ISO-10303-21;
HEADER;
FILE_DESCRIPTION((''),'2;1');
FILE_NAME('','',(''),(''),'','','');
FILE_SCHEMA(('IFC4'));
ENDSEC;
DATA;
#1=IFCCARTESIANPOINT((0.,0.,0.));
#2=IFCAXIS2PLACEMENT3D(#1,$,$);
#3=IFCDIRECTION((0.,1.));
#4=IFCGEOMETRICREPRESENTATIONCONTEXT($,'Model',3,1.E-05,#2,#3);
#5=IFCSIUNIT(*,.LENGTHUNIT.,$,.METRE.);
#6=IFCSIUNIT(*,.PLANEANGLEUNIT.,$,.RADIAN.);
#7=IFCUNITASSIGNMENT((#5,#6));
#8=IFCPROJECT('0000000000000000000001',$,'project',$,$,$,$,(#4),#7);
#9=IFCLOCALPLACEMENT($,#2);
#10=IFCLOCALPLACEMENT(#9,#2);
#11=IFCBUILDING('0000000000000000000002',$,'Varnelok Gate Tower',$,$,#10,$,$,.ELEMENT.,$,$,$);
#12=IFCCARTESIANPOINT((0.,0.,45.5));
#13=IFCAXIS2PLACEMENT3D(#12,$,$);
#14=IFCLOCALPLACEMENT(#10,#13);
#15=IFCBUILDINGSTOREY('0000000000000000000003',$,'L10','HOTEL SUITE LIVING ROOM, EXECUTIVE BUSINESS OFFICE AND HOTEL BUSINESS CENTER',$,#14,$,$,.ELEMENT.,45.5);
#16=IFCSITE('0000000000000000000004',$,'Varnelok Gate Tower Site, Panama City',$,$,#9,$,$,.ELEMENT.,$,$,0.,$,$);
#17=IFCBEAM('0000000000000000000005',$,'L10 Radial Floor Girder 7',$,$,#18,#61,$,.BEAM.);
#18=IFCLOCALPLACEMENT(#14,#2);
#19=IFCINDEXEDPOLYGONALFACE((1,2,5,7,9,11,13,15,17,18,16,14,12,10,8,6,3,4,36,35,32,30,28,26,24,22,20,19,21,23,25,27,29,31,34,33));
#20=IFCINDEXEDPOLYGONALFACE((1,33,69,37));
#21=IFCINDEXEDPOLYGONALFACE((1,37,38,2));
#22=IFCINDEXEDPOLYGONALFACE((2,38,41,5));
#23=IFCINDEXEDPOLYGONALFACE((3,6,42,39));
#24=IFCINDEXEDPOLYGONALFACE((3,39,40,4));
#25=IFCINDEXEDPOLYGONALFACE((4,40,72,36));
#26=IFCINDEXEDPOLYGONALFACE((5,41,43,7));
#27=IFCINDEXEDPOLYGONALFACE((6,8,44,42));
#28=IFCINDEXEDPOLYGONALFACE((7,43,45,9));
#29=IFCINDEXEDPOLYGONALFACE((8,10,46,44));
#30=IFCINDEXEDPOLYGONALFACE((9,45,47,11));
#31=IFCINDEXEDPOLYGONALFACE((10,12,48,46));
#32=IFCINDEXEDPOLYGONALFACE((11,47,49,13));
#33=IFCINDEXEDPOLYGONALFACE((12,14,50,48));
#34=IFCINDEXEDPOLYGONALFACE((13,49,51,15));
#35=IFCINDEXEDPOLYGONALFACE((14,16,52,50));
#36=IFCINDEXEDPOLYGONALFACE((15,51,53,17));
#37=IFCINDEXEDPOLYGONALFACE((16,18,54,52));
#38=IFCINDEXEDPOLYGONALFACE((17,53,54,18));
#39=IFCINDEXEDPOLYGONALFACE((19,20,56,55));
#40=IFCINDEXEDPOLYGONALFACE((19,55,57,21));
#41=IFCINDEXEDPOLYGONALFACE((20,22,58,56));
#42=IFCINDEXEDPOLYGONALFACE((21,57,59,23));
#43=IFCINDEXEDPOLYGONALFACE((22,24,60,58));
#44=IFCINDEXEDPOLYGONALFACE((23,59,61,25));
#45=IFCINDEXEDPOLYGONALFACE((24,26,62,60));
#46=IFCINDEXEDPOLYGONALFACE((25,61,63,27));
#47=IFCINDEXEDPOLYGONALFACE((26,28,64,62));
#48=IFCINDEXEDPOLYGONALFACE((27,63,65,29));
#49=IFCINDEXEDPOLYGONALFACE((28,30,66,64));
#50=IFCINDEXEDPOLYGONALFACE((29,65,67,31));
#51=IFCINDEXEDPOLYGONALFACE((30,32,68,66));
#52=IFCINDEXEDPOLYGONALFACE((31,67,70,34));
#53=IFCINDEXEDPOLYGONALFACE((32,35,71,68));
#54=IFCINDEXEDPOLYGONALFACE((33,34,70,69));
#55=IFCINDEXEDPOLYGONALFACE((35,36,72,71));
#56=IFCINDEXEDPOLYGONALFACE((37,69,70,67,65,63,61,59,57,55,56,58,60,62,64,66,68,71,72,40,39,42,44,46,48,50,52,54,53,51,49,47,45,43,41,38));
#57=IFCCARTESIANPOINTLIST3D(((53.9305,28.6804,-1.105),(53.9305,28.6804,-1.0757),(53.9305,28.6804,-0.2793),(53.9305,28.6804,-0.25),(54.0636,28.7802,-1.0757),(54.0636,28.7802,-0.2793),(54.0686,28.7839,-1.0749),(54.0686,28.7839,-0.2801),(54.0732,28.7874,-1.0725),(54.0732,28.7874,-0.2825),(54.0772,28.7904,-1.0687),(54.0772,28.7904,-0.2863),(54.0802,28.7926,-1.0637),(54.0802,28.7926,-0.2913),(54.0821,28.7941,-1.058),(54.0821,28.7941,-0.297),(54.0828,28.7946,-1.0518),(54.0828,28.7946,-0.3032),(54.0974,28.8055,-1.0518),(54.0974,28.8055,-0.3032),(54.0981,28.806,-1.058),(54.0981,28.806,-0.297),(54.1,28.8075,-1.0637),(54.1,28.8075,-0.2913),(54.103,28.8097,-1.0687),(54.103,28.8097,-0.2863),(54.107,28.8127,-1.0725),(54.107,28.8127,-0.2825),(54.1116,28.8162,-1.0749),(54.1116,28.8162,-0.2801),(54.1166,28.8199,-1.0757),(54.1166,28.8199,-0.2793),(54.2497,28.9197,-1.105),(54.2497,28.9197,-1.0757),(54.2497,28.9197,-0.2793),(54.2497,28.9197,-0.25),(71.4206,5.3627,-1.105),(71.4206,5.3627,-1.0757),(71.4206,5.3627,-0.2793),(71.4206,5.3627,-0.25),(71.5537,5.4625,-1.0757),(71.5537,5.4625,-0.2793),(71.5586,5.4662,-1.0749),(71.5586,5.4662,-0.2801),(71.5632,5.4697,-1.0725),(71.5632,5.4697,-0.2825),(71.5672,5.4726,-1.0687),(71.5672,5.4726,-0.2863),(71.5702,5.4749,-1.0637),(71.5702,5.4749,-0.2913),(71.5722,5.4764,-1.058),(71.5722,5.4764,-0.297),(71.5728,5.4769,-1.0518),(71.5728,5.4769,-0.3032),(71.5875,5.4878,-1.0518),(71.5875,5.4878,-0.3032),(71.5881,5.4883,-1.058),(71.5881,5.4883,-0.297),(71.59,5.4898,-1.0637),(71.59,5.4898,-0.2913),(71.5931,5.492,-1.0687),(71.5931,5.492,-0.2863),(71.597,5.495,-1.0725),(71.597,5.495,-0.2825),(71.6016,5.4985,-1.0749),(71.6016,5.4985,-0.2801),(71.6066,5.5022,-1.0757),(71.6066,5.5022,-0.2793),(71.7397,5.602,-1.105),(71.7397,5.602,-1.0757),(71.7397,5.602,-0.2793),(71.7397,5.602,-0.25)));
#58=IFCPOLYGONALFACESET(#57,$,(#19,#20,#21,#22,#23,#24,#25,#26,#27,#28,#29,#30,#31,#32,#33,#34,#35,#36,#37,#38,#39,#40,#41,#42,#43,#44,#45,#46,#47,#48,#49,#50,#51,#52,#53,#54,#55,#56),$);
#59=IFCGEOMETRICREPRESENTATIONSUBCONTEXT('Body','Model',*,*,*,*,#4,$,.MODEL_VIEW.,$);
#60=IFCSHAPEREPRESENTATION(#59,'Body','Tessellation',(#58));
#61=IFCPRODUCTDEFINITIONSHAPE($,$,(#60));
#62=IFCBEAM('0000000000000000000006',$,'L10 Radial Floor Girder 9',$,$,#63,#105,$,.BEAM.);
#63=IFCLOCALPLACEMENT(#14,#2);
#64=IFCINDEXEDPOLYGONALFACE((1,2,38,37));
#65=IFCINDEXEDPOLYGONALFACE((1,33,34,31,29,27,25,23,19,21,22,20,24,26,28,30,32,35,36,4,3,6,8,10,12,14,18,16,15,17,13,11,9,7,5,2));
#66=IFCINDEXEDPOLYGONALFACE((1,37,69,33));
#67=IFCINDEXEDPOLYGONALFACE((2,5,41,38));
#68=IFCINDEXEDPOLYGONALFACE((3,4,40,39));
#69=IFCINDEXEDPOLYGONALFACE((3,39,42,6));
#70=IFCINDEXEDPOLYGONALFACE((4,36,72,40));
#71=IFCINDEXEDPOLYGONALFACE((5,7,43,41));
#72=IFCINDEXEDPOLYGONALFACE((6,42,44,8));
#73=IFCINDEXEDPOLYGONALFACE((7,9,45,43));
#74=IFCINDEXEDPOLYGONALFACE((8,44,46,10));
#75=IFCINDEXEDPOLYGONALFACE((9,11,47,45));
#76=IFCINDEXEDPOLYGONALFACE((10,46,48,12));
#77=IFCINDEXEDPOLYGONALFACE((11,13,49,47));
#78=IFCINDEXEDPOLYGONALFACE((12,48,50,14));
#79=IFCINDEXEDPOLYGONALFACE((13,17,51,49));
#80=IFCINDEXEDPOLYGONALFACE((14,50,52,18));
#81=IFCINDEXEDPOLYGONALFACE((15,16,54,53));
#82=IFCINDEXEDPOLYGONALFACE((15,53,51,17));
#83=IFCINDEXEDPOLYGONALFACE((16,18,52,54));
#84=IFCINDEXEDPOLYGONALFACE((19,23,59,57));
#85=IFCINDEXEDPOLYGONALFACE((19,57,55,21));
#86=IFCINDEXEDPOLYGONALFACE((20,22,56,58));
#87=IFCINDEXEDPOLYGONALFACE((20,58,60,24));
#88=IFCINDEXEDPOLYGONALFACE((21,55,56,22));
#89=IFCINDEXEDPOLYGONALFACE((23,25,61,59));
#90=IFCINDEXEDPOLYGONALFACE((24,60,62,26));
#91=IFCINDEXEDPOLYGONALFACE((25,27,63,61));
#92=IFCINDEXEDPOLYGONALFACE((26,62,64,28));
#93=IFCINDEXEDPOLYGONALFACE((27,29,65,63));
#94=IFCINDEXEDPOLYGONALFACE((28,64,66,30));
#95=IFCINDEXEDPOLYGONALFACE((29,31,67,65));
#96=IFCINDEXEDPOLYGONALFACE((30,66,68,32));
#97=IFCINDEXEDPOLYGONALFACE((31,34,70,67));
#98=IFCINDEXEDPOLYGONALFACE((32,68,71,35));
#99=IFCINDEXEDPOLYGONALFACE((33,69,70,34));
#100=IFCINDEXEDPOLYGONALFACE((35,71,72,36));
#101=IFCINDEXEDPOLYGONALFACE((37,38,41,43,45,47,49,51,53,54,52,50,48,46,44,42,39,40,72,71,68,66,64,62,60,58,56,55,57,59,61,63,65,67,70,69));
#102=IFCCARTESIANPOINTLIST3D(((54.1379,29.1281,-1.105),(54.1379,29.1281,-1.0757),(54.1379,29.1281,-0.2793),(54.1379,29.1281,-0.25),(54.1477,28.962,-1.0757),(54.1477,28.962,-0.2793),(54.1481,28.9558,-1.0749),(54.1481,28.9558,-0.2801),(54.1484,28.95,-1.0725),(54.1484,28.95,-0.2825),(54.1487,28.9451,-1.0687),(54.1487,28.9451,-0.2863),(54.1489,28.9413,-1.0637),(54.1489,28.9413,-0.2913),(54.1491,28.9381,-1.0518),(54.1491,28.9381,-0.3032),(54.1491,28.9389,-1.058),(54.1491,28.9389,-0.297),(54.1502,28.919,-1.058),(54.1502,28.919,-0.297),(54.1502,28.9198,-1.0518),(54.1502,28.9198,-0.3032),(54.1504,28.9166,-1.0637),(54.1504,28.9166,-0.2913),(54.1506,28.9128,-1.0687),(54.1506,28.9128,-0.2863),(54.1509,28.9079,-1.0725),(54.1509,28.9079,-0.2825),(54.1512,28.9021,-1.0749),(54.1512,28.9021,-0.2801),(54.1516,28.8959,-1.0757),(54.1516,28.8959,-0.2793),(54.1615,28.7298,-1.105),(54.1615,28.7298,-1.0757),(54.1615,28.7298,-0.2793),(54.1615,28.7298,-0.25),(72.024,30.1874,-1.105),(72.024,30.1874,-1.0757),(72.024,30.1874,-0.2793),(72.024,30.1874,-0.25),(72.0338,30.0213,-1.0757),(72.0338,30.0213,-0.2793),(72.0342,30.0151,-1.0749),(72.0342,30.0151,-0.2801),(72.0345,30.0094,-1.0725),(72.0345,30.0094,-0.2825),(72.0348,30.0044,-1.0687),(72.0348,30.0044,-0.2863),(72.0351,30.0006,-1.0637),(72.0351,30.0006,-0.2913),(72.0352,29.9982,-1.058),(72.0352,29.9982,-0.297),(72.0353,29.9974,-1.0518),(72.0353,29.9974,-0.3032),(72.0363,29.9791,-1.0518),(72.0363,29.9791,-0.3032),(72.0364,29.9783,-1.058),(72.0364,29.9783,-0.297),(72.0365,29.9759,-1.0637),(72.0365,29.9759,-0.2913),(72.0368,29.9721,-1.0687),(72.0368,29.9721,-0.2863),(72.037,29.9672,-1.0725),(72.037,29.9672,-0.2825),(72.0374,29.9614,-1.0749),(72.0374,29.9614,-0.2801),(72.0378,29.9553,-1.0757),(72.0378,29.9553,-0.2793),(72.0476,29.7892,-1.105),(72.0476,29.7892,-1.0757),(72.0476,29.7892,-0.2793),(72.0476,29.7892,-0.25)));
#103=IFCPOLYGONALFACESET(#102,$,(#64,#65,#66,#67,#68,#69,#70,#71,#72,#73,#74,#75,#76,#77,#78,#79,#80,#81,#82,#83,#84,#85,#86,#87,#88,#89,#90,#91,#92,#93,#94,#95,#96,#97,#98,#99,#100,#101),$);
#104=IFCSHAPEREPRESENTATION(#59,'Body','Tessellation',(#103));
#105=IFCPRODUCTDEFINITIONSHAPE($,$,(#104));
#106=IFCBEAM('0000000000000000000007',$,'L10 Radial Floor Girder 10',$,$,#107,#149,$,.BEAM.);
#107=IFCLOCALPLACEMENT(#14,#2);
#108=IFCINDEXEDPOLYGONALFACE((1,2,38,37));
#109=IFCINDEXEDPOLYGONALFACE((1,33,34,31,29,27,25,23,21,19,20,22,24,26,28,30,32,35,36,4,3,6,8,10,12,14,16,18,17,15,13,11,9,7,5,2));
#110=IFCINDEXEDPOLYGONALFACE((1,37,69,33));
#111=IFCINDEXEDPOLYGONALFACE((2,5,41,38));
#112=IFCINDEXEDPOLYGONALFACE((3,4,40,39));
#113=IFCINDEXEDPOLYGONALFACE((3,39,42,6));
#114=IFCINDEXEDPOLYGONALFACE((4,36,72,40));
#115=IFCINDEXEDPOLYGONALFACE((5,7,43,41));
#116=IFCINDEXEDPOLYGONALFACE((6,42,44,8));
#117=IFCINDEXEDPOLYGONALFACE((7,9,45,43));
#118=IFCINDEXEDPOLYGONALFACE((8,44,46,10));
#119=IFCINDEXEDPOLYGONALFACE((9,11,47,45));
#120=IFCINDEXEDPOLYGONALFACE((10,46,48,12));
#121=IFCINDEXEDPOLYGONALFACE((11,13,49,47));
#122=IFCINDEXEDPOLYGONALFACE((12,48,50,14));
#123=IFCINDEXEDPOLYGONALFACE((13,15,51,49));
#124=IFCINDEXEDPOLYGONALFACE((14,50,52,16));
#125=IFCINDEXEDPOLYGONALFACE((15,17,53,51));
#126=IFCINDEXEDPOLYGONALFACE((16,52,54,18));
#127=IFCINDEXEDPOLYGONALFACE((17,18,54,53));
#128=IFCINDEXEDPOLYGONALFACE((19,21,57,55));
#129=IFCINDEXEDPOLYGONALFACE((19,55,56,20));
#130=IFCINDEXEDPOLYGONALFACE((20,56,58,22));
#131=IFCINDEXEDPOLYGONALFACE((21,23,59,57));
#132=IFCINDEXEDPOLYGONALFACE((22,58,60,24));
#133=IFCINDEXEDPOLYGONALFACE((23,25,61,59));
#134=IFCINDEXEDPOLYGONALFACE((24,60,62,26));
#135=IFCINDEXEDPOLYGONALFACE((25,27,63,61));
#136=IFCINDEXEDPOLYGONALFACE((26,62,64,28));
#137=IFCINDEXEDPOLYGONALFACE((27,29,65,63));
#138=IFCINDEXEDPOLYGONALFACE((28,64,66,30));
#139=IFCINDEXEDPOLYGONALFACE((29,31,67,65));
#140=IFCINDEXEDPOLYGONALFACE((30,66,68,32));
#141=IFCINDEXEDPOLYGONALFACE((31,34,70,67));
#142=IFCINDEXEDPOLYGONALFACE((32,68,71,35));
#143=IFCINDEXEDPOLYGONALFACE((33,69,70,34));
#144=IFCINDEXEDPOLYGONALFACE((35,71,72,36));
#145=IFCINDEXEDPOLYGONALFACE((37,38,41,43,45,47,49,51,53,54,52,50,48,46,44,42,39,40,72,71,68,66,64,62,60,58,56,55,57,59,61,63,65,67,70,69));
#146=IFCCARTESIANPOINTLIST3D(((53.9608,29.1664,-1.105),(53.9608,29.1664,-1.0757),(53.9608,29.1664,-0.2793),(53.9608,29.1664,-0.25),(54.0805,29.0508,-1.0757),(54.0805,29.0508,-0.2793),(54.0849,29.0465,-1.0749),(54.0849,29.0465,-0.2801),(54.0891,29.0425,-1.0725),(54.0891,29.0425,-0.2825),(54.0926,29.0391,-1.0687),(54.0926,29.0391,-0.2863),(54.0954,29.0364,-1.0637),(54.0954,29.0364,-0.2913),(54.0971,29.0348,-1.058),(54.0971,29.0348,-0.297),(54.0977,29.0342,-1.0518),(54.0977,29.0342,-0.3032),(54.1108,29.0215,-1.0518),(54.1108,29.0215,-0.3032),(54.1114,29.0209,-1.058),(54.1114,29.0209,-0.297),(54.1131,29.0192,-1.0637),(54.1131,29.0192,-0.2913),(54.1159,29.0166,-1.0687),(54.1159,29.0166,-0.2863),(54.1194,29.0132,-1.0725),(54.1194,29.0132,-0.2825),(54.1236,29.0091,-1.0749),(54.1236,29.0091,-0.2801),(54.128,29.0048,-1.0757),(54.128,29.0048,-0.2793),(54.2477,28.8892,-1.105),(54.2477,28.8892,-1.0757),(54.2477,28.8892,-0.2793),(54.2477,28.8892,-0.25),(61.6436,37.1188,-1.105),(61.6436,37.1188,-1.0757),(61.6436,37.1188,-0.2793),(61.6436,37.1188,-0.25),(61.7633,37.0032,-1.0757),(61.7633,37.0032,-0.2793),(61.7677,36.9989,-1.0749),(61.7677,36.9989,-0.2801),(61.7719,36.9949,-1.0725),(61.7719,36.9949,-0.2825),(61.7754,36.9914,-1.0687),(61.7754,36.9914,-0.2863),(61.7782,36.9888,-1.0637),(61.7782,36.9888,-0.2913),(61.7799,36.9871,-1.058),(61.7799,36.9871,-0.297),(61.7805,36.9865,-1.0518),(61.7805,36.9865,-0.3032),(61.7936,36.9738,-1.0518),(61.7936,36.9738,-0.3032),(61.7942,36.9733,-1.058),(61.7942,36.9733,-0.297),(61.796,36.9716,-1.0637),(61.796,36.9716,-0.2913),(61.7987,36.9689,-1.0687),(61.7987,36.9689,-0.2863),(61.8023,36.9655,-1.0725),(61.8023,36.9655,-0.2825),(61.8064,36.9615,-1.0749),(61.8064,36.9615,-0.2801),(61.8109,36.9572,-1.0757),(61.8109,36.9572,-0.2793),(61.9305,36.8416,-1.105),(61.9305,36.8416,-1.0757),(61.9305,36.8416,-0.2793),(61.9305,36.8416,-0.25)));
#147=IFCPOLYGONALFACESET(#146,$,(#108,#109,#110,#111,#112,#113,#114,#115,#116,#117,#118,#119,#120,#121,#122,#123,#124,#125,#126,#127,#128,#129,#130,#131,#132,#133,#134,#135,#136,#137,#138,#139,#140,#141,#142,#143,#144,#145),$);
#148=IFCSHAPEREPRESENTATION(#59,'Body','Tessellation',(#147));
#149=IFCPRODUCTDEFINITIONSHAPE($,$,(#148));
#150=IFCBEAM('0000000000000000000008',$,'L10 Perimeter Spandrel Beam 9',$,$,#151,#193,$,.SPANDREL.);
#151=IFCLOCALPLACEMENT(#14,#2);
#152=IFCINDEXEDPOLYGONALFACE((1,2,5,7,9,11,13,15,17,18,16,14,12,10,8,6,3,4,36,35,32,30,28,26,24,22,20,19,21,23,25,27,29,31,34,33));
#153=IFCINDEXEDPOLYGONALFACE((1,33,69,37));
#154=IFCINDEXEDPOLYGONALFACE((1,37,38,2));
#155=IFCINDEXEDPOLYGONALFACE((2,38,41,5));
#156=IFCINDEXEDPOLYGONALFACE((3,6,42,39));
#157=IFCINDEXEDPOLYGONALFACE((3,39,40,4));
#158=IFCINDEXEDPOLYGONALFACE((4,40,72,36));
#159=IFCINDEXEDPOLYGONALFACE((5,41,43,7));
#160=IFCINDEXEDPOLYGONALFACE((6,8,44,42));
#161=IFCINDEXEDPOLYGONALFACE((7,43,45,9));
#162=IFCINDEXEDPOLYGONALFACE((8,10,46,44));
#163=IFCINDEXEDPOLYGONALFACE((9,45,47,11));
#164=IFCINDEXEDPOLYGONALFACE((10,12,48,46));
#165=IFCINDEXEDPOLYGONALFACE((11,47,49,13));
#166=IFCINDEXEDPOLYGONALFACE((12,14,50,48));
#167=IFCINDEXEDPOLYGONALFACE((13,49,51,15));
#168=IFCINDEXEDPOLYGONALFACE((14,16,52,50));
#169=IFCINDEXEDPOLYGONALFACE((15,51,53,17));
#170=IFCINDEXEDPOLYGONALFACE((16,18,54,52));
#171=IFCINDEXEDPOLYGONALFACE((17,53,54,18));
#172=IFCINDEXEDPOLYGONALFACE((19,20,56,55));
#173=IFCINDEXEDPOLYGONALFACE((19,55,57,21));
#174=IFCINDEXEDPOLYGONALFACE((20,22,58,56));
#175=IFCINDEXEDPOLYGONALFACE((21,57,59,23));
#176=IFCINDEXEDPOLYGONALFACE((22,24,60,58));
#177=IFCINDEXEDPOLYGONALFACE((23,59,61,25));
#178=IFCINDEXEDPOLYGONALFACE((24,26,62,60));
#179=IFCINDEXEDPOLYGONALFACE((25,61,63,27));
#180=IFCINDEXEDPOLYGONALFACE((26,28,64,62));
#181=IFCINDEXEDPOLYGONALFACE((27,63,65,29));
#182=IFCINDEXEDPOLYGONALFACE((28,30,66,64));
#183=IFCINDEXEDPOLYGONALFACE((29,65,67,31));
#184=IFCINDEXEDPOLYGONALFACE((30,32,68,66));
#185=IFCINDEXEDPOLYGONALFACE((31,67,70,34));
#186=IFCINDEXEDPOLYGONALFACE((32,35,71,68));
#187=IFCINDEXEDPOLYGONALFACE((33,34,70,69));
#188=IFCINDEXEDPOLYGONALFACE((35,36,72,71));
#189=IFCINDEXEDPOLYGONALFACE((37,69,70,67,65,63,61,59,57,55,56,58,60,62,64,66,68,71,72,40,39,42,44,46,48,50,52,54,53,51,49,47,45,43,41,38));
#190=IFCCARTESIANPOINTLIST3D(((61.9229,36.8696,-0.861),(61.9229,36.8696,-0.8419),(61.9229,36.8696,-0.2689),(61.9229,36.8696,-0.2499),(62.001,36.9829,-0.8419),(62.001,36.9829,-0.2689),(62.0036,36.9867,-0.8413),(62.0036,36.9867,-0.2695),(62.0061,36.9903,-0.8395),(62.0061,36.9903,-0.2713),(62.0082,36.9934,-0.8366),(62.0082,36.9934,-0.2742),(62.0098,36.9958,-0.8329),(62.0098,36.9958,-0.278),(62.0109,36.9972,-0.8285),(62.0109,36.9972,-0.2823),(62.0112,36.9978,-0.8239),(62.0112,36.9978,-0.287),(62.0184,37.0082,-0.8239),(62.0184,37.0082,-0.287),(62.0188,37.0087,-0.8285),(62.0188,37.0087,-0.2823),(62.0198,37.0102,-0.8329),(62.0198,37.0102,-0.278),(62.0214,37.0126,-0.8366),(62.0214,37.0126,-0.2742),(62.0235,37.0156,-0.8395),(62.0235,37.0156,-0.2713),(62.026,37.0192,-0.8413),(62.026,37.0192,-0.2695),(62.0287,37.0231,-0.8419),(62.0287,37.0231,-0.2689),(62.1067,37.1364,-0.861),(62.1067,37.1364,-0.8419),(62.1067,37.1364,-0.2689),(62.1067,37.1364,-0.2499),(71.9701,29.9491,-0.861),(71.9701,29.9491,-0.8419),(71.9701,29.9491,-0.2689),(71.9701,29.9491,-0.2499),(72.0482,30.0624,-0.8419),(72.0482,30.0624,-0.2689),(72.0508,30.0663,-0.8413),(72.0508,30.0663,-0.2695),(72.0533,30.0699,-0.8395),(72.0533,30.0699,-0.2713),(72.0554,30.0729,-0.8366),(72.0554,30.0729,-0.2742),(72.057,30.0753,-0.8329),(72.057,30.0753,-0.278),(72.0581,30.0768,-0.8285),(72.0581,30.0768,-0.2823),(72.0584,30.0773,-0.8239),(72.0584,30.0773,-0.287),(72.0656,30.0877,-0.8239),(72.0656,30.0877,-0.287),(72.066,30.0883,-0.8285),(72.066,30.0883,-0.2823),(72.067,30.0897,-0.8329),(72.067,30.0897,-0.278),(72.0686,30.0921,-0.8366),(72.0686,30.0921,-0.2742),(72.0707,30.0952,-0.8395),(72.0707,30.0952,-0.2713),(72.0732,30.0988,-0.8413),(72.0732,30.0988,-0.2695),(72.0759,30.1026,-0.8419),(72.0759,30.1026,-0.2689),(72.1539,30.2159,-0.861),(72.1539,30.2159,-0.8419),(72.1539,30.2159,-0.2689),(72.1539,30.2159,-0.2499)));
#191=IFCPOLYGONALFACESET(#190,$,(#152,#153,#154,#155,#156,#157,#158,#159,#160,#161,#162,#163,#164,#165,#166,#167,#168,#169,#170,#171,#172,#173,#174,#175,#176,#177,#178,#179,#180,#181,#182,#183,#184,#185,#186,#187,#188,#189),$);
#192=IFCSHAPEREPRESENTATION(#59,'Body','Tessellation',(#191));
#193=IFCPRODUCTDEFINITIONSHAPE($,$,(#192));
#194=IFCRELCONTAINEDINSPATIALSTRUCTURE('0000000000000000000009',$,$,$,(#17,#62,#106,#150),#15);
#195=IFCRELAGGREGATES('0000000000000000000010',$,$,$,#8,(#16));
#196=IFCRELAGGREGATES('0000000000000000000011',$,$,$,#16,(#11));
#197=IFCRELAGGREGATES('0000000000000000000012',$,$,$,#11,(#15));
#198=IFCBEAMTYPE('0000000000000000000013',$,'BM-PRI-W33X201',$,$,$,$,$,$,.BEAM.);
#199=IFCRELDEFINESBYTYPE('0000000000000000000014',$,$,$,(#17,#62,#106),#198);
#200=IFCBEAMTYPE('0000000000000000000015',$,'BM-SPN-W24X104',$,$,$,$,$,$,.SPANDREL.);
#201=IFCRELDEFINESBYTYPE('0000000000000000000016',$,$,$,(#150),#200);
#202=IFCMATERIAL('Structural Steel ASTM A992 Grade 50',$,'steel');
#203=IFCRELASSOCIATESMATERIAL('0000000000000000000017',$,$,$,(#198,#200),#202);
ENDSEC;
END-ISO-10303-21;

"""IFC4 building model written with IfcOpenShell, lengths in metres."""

from ifc_helpers import new_model, si_unit, direction, frame, origin, origin_2d, place, context, subcontext, project, spatial, i_section, extrude, material, material_profile, profile_set, type_object, element, save


model = new_model("IFC4")

# Units and contexts
model_context = context("Model", 3, precision=1e-05, world=origin(), true_north=direction((0.0, 1.0)))
body_context = subcontext(model_context, "Body", "Model", "MODEL_VIEW")
ifc_project = project(units=[si_unit("LENGTHUNIT", "METRE"), si_unit("PLANEANGLEUNIT", "RADIAN")], contexts=[model_context])

# Site, building, storey
site_placement = place(None, origin())
site = spatial("IfcSite", under=ifc_project, at=site_placement, Name="Varnelok Gate Tower Site, Panama City", CompositionType="ELEMENT", RefElevation=0.0)
building_placement = place(site_placement, origin())
building = spatial("IfcBuilding", under=site, at=building_placement, Name="Varnelok Gate Tower", CompositionType="ELEMENT")
storey_placement = place(building_placement, frame((0.0, 0.0, 45.5)))
storey = spatial("IfcBuildingStorey", under=building, at=storey_placement, Name="L10", Description="HOTEL SUITE LIVING ROOM, EXECUTIVE BUSINESS OFFICE AND HOTEL BUSINESS CENTER", CompositionType="ELEMENT", Elevation=45.5)

# Shared definitions
ifc_material_1 = material(Name="Structural Steel ASTM A992 Grade 50", Category="steel")

# Beams
ifc_material_profile_1 = material_profile(ifc_material_1, i_section(OverallWidth=0.3989, OverallDepth=0.855, WebThickness=0.0183, FlangeThickness=0.0293, FilletRadius=0.0239, at=origin_2d()), Name="W33X201")
ifc_profile_set_1 = profile_set([ifc_material_profile_1], Name="Structural Steel ASTM A992 Grade 50")
beam_type_1 = type_object("IfcBeamType", Name="BM-PRI-W33X201", PredefinedType="BEAM", material=ifc_profile_set_1)
beam_1_placement = place(storey_placement, frame((54.0901, 28.8, -0.6775), z_axis=(0.600039, -0.799971, 0.0), x_axis=(0.799971, 0.600039, 0.0)))
element("IfcBeam", 1, at=beam_1_placement, inside=storey, type_object=beam_type_1, Name="L10 Radial Floor Girder 7", PredefinedType="BEAM", context=body_context, shape_type="SweptSolid", body=[
    extrude(i_section(OverallWidth=0.3989, OverallDepth=0.855, WebThickness=0.0183, FlangeThickness=0.0293, FilletRadius=0.0239, at=origin_2d()), origin(), (0.0, 0.0, 1.0), 29.1482),
])
beam_2_placement = place(storey_placement, frame((54.1497, 28.929, -0.6775), z_axis=(0.998251, 0.059122, 0.0), x_axis=(-0.059122, 0.998251, 0.0)))
element("IfcBeam", 2, at=beam_2_placement, inside=storey, type_object=beam_type_1, Name="L10 Radial Floor Girder 9", PredefinedType="BEAM", context=body_context, shape_type="SweptSolid", body=[
    extrude(i_section(OverallWidth=0.3989, OverallDepth=0.855, WebThickness=0.0183, FlangeThickness=0.0293, FilletRadius=0.0239, at=origin_2d()), origin(), (0.0, 0.0, 1.0), 17.9175),
])
beam_3_placement = place(storey_placement, frame((54.1042, 29.0278, -0.6775), z_axis=(0.694814, 0.71919, 0.0), x_axis=(-0.71919, 0.694814, 0.0)))
element("IfcBeam", 3, at=beam_3_placement, inside=storey, type_object=beam_type_1, Name="L10 Radial Floor Girder 10", PredefinedType="BEAM", context=body_context, shape_type="SweptSolid", body=[
    extrude(i_section(OverallWidth=0.3989, OverallDepth=0.855, WebThickness=0.0183, FlangeThickness=0.0293, FilletRadius=0.0239, at=origin_2d()), origin(), (0.0, 0.0, 1.0), 11.0574),
])
ifc_material_profile_2 = material_profile(ifc_material_1, i_section(OverallWidth=0.324, OverallDepth=0.6111, WebThickness=0.0127, FlangeThickness=0.019, FilletRadius=0.0181, at=origin_2d()), Name="W24X104")
ifc_profile_set_2 = profile_set([ifc_material_profile_2], Name="Structural Steel ASTM A992 Grade 50")
beam_type_2 = type_object("IfcBeamType", Name="BM-SPN-W24X104", PredefinedType="SPANDREL", material=ifc_profile_set_2)
beam_4_placement = place(storey_placement, frame((72.062, 30.0825, -0.5554), z_axis=(-0.823544, 0.567253, 0.0), x_axis=(-0.567253, -0.823544, 0.0)))
element("IfcBeam", 4, at=beam_4_placement, inside=storey, type_object=beam_type_2, Name="L10 Perimeter Spandrel Beam 9", PredefinedType="SPANDREL", context=body_context, shape_type="SweptSolid", body=[
    extrude(i_section(OverallWidth=0.324, OverallDepth=0.6111, WebThickness=0.0127, FlangeThickness=0.019, FilletRadius=0.0181, at=origin_2d()), origin(), (0.0, 0.0, 1.0), 12.2),
])

save(model, "model.ifc")
